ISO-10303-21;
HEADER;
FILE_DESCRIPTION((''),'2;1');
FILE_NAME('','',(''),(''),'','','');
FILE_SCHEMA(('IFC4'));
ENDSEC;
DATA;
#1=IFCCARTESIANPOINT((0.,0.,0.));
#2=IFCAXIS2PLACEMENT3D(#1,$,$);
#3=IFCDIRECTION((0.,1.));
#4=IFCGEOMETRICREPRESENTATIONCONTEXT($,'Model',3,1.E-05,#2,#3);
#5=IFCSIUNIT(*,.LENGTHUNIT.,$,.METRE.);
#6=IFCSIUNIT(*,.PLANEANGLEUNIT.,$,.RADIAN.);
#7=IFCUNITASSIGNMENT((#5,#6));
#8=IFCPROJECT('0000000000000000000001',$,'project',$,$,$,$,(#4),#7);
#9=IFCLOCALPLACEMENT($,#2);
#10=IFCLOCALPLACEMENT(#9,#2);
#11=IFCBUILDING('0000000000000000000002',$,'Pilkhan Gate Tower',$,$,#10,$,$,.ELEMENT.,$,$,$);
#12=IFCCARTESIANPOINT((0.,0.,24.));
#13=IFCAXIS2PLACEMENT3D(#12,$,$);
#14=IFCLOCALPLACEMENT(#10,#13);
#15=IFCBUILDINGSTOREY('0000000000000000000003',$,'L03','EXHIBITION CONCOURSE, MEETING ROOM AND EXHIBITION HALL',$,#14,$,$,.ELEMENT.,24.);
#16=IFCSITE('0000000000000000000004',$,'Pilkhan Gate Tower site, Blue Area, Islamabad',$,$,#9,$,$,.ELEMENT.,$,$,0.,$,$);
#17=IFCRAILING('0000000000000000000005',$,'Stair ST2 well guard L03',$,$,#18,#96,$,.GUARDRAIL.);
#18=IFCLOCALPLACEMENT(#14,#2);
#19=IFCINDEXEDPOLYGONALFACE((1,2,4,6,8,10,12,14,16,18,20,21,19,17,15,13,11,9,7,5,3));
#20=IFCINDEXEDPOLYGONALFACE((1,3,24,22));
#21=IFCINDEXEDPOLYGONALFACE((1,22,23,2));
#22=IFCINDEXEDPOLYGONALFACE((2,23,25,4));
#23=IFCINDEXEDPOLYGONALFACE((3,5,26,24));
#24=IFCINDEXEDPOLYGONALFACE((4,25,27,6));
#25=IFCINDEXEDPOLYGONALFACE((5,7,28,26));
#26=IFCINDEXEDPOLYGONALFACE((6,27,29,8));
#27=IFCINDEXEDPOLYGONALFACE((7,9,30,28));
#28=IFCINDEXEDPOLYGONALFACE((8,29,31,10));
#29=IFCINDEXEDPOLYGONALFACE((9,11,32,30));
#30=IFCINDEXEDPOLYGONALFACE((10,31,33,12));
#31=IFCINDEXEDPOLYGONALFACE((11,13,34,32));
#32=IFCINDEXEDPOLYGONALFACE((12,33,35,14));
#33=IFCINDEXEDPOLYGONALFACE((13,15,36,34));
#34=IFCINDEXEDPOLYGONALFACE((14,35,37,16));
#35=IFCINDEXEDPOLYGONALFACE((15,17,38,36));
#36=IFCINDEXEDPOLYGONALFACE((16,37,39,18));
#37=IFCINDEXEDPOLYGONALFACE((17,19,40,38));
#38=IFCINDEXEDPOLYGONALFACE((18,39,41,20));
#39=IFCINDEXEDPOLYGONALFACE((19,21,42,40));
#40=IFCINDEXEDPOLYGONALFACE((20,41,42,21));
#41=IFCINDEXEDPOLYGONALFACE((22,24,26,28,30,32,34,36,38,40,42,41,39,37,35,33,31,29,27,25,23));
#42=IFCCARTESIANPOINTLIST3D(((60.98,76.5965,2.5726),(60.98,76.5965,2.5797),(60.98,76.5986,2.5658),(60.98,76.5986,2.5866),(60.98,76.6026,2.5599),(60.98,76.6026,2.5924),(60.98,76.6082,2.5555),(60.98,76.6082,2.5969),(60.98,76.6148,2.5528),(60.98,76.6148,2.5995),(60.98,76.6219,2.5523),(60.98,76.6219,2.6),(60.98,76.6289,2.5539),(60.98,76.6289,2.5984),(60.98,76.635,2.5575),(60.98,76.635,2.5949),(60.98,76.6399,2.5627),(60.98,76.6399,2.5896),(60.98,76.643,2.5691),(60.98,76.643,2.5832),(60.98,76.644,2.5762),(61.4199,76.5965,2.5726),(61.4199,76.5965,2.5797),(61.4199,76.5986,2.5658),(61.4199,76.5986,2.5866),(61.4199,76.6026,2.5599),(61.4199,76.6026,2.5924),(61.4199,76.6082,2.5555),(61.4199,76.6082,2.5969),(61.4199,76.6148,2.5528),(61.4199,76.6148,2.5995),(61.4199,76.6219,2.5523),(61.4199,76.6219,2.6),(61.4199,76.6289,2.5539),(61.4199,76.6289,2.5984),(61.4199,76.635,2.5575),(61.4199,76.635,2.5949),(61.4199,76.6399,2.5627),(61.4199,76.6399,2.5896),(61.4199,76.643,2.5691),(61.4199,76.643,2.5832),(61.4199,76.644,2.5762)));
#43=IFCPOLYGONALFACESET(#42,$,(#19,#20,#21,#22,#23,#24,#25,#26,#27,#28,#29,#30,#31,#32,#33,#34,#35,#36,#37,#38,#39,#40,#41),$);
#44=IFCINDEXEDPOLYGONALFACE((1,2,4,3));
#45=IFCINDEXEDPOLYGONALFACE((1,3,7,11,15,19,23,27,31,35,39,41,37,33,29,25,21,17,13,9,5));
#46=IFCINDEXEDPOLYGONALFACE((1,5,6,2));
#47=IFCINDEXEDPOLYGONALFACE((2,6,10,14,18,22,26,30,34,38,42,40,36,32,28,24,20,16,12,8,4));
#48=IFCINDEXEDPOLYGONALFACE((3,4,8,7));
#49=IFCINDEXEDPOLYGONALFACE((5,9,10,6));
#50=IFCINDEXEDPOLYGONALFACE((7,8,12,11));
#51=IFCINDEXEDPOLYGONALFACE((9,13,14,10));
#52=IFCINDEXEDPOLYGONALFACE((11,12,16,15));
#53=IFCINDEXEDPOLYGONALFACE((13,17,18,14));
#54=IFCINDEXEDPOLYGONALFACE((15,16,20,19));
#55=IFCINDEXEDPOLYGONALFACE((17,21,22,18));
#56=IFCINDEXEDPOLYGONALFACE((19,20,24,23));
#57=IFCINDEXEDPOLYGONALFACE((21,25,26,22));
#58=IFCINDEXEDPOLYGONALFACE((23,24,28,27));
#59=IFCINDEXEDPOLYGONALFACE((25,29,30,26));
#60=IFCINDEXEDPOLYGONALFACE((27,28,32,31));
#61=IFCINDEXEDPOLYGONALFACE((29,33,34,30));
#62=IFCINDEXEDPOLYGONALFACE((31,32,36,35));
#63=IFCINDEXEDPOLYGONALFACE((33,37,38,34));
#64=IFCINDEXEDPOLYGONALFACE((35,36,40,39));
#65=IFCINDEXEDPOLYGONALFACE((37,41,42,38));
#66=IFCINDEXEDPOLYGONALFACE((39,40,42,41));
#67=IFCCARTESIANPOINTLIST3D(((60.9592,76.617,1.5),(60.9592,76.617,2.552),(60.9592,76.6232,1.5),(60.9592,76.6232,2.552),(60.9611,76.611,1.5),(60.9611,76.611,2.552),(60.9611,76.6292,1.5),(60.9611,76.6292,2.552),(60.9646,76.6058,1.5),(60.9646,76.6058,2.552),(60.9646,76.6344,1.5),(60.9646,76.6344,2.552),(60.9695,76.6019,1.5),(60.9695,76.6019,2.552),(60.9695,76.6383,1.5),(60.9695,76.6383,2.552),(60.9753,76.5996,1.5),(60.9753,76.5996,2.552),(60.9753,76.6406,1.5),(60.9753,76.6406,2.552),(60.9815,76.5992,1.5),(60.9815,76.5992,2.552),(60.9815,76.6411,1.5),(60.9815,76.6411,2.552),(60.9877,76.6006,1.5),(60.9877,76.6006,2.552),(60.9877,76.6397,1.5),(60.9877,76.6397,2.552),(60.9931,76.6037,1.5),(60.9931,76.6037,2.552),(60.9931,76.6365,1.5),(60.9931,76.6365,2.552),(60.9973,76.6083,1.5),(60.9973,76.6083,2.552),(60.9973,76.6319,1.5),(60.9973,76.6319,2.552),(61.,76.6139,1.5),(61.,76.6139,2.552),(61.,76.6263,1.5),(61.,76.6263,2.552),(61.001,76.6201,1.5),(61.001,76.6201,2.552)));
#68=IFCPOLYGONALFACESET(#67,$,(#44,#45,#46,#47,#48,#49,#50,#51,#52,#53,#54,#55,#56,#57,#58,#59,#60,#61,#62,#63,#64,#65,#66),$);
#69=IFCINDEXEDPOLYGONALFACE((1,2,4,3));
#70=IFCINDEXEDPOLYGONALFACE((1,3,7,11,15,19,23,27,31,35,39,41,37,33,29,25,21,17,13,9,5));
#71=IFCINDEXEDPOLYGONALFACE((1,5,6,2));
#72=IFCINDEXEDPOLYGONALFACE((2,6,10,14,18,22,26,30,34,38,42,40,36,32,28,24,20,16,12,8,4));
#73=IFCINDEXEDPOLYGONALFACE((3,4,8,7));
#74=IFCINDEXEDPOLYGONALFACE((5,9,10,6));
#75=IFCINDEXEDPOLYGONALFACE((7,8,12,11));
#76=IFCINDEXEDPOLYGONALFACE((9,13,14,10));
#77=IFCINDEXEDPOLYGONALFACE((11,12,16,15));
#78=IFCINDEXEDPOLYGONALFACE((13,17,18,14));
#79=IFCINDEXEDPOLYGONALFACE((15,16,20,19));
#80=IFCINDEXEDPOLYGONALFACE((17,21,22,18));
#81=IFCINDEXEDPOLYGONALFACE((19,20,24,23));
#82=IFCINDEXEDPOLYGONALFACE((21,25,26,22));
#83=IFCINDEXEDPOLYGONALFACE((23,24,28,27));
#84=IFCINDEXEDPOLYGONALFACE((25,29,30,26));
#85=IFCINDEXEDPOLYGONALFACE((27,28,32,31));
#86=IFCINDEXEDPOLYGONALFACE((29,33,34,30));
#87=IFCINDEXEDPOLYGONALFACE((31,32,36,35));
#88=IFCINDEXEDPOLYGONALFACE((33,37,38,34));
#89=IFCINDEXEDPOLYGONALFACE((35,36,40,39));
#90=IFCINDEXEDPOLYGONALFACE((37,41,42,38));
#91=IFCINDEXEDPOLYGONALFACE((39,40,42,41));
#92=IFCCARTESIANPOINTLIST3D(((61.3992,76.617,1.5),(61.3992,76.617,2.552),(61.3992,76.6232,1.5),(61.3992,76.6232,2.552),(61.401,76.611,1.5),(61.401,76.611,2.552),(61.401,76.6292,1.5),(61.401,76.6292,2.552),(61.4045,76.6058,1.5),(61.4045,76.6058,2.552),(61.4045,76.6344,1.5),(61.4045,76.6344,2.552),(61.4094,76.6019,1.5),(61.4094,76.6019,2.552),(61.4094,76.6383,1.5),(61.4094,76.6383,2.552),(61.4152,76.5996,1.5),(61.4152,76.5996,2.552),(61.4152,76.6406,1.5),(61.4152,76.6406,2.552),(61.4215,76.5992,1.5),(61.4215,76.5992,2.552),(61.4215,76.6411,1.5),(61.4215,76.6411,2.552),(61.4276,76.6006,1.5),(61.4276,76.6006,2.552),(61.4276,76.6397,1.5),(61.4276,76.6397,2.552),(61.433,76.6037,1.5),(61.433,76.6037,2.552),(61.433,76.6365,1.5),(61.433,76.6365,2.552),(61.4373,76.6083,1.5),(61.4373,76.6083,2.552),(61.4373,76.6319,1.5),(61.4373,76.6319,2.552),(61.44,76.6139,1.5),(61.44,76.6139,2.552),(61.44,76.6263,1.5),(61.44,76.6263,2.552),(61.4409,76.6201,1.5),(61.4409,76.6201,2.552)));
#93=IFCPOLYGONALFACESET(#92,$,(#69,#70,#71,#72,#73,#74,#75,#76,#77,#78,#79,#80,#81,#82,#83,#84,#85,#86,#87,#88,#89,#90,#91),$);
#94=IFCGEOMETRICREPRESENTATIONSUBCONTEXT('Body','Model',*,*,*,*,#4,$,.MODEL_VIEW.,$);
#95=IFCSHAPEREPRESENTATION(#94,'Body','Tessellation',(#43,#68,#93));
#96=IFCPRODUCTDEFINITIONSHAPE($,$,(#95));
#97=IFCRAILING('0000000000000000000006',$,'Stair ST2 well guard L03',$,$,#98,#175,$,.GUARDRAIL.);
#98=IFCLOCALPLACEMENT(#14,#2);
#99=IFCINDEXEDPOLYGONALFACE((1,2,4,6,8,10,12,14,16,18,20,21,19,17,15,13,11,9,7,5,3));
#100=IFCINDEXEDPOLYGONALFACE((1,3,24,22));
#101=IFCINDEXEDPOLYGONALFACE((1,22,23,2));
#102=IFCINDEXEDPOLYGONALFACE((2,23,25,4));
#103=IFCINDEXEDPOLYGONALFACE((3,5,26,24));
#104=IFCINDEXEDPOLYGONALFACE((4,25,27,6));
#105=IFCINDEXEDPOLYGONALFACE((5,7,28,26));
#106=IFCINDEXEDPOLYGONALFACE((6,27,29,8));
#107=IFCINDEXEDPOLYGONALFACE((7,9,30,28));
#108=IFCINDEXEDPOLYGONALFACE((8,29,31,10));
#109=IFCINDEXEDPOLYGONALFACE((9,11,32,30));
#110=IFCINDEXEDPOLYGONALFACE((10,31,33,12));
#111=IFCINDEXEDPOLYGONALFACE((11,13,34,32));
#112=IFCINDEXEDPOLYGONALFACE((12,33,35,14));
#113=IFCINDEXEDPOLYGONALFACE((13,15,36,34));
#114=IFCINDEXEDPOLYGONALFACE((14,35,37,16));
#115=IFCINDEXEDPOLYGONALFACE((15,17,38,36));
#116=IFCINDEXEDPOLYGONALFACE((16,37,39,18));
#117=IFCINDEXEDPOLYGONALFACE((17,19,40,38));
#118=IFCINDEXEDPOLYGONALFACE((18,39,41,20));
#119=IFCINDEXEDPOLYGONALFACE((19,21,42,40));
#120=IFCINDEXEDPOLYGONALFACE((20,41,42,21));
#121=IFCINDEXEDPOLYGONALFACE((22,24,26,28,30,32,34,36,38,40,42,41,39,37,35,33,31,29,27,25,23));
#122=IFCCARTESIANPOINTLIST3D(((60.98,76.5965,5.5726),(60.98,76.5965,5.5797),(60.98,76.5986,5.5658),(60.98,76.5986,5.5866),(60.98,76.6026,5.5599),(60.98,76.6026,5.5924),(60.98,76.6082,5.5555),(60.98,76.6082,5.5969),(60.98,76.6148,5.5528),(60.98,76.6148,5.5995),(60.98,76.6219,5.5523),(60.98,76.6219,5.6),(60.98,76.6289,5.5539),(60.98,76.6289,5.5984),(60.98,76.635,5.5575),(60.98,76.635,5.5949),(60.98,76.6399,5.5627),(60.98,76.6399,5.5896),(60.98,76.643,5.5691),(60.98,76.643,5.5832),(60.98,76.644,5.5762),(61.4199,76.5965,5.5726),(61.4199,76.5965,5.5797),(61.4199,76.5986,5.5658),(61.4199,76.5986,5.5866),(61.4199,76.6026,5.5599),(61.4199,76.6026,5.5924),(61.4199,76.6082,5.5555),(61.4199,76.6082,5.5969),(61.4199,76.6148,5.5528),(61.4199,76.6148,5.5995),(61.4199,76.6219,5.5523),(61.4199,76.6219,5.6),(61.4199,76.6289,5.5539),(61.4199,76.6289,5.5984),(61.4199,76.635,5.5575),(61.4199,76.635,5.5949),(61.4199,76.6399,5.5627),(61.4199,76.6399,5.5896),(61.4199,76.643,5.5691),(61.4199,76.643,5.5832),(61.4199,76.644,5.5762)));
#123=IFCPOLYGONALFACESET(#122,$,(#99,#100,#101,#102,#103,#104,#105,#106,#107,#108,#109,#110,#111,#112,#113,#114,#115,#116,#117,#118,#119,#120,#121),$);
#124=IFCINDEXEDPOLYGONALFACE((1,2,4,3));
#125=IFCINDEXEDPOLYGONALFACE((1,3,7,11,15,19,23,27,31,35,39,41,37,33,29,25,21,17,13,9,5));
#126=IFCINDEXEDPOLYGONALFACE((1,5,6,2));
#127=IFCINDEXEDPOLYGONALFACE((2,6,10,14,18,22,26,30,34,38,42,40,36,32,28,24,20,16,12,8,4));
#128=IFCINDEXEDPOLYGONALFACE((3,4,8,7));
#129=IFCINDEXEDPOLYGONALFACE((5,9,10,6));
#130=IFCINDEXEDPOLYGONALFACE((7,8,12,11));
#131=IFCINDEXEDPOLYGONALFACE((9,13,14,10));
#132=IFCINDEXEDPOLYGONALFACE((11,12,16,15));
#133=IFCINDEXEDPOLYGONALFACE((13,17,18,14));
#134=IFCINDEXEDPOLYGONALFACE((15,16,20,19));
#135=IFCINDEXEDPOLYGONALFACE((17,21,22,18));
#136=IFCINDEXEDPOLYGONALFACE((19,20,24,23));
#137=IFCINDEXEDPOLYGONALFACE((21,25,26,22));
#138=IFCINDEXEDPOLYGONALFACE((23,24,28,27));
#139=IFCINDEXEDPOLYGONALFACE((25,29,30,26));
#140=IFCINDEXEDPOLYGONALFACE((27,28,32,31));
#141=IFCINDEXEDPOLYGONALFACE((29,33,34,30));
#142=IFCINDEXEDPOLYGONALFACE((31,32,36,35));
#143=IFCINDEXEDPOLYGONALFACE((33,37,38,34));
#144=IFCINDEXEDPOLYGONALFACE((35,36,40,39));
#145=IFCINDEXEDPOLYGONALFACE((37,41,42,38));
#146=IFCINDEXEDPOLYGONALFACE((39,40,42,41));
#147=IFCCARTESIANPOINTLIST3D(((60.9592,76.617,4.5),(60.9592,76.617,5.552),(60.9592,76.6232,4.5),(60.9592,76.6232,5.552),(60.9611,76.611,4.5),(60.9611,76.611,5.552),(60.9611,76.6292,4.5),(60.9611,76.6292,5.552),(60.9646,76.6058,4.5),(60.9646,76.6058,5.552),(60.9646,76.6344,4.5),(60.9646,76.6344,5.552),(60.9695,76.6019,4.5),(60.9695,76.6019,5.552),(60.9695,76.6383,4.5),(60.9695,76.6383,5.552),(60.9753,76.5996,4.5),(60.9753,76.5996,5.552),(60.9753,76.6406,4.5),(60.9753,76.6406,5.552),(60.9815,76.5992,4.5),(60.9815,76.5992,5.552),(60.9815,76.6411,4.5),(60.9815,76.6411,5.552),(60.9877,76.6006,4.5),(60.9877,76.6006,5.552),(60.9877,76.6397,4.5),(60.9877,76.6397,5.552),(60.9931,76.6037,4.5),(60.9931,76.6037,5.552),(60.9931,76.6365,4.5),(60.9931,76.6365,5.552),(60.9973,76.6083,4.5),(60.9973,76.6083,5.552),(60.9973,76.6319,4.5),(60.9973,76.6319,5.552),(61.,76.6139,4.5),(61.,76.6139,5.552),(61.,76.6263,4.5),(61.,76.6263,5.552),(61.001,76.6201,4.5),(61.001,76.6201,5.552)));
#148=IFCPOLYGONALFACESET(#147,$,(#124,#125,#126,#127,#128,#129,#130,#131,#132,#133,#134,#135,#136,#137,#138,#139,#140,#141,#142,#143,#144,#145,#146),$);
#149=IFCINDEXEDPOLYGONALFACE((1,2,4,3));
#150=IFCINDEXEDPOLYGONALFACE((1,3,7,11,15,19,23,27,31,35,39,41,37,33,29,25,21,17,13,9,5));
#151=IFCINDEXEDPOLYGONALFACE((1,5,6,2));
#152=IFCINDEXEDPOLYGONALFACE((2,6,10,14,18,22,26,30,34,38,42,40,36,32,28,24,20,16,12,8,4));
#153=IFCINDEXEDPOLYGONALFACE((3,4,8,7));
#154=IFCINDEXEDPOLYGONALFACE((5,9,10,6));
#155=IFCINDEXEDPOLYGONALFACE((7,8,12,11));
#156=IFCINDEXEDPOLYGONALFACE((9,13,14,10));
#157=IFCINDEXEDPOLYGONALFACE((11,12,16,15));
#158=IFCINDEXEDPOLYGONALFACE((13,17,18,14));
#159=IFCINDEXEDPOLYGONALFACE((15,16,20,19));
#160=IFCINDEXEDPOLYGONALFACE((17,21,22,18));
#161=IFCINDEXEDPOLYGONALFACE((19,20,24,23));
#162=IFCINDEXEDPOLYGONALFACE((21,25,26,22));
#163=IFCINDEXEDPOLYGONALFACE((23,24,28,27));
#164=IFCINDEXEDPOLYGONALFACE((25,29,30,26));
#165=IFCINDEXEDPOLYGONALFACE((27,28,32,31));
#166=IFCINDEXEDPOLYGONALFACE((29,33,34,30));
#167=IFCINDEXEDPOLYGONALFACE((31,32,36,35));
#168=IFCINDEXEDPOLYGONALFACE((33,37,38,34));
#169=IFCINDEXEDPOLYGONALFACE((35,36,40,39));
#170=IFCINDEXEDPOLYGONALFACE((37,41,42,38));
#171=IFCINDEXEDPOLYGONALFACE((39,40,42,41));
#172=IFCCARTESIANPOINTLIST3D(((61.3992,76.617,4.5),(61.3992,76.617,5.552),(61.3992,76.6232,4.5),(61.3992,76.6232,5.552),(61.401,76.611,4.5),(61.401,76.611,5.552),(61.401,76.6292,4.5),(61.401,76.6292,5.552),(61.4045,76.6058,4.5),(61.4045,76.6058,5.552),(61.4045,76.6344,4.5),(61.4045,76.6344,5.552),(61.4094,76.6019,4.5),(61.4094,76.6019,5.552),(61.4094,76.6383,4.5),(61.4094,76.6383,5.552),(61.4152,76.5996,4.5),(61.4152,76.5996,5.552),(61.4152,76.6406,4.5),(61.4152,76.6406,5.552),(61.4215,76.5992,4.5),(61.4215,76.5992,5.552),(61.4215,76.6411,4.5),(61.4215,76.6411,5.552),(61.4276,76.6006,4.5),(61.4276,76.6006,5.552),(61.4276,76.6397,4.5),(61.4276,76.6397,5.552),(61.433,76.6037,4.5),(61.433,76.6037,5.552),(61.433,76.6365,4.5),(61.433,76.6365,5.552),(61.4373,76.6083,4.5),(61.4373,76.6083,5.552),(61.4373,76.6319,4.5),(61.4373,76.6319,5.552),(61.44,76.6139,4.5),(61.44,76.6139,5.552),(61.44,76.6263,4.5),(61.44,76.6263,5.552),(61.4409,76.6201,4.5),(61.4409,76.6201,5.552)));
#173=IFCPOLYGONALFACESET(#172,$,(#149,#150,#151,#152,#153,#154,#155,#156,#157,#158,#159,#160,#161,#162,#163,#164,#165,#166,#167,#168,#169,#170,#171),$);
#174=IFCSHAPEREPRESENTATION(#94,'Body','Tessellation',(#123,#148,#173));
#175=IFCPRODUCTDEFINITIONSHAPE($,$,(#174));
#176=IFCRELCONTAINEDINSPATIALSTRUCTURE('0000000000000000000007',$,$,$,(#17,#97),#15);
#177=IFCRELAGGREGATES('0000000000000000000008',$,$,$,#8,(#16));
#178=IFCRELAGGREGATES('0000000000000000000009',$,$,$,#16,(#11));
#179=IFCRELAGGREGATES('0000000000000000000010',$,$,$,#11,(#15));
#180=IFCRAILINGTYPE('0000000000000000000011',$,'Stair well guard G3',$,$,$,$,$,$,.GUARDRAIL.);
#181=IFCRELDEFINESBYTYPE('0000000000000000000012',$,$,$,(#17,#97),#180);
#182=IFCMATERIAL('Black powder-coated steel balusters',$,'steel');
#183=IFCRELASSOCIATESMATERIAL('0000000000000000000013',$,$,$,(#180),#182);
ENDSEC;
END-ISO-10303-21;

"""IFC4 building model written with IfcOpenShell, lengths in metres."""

from ifc_helpers import new_model, si_unit, direction, frame, origin, origin_2d, place, context, subcontext, project, spatial, circle, extrude, material, type_object, element, save


model = new_model("IFC4")

# Units and contexts
model_context = context("Model", 3, precision=1e-05, world=origin(), true_north=direction((0.0, 1.0)))
body_context = subcontext(model_context, "Body", "Model", "MODEL_VIEW")
ifc_project = project(units=[si_unit("LENGTHUNIT", "METRE"), si_unit("PLANEANGLEUNIT", "RADIAN")], contexts=[model_context])

# Site, building, storey
site_placement = place(None, origin())
site = spatial("IfcSite", under=ifc_project, at=site_placement, Name="Pilkhan Gate Tower site, Blue Area, Islamabad", CompositionType="ELEMENT", RefElevation=0.0)
building_placement = place(site_placement, origin())
building = spatial("IfcBuilding", under=site, at=building_placement, Name="Pilkhan Gate Tower", CompositionType="ELEMENT")
storey_placement = place(building_placement, frame((0.0, 0.0, 24.0)))
storey = spatial("IfcBuildingStorey", under=building, at=storey_placement, Name="L03", Description="EXHIBITION CONCOURSE, MEETING ROOM AND EXHIBITION HALL", CompositionType="ELEMENT", Elevation=24.0)

# Railings
ifc_material_1 = material(Name="Black powder-coated steel balusters", Category="steel")
railing_type_1 = type_object("IfcRailingType", Name="Stair well guard G3", PredefinedType="GUARDRAIL", material=ifc_material_1)
for number, where, name in (
    (1, (60.98, 76.6201, 1.5), "Stair ST2 well guard L03"),
    (2, (60.98, 76.6201, 4.5), "Stair ST2 well guard L03"),
):
    element("IfcRailing", number, at=place(storey_placement, frame(where)), inside=storey, type_object=railing_type_1, Name=name, PredefinedType="GUARDRAIL", context=body_context, shape_type="SweptSolid", body=[
        extrude(circle(Radius=0.0239, at=origin_2d()), frame((0.0, 0.0, 1.0762), z_axis=(1.0, 0.0, 0.0), x_axis=(0.0, 1.0, 0.0)), (0.0, 0.0, 1.0), 0.4399),
        extrude(circle(Radius=0.021, at=origin_2d()), origin(), (0.0, 0.0, 1.0), 1.052),
        extrude(circle(Radius=0.021, at=origin_2d()), frame((0.4399, 0.0, 0.0)), (0.0, 0.0, 1.0), 1.052),
    ])

save(model, "model.ifc")
